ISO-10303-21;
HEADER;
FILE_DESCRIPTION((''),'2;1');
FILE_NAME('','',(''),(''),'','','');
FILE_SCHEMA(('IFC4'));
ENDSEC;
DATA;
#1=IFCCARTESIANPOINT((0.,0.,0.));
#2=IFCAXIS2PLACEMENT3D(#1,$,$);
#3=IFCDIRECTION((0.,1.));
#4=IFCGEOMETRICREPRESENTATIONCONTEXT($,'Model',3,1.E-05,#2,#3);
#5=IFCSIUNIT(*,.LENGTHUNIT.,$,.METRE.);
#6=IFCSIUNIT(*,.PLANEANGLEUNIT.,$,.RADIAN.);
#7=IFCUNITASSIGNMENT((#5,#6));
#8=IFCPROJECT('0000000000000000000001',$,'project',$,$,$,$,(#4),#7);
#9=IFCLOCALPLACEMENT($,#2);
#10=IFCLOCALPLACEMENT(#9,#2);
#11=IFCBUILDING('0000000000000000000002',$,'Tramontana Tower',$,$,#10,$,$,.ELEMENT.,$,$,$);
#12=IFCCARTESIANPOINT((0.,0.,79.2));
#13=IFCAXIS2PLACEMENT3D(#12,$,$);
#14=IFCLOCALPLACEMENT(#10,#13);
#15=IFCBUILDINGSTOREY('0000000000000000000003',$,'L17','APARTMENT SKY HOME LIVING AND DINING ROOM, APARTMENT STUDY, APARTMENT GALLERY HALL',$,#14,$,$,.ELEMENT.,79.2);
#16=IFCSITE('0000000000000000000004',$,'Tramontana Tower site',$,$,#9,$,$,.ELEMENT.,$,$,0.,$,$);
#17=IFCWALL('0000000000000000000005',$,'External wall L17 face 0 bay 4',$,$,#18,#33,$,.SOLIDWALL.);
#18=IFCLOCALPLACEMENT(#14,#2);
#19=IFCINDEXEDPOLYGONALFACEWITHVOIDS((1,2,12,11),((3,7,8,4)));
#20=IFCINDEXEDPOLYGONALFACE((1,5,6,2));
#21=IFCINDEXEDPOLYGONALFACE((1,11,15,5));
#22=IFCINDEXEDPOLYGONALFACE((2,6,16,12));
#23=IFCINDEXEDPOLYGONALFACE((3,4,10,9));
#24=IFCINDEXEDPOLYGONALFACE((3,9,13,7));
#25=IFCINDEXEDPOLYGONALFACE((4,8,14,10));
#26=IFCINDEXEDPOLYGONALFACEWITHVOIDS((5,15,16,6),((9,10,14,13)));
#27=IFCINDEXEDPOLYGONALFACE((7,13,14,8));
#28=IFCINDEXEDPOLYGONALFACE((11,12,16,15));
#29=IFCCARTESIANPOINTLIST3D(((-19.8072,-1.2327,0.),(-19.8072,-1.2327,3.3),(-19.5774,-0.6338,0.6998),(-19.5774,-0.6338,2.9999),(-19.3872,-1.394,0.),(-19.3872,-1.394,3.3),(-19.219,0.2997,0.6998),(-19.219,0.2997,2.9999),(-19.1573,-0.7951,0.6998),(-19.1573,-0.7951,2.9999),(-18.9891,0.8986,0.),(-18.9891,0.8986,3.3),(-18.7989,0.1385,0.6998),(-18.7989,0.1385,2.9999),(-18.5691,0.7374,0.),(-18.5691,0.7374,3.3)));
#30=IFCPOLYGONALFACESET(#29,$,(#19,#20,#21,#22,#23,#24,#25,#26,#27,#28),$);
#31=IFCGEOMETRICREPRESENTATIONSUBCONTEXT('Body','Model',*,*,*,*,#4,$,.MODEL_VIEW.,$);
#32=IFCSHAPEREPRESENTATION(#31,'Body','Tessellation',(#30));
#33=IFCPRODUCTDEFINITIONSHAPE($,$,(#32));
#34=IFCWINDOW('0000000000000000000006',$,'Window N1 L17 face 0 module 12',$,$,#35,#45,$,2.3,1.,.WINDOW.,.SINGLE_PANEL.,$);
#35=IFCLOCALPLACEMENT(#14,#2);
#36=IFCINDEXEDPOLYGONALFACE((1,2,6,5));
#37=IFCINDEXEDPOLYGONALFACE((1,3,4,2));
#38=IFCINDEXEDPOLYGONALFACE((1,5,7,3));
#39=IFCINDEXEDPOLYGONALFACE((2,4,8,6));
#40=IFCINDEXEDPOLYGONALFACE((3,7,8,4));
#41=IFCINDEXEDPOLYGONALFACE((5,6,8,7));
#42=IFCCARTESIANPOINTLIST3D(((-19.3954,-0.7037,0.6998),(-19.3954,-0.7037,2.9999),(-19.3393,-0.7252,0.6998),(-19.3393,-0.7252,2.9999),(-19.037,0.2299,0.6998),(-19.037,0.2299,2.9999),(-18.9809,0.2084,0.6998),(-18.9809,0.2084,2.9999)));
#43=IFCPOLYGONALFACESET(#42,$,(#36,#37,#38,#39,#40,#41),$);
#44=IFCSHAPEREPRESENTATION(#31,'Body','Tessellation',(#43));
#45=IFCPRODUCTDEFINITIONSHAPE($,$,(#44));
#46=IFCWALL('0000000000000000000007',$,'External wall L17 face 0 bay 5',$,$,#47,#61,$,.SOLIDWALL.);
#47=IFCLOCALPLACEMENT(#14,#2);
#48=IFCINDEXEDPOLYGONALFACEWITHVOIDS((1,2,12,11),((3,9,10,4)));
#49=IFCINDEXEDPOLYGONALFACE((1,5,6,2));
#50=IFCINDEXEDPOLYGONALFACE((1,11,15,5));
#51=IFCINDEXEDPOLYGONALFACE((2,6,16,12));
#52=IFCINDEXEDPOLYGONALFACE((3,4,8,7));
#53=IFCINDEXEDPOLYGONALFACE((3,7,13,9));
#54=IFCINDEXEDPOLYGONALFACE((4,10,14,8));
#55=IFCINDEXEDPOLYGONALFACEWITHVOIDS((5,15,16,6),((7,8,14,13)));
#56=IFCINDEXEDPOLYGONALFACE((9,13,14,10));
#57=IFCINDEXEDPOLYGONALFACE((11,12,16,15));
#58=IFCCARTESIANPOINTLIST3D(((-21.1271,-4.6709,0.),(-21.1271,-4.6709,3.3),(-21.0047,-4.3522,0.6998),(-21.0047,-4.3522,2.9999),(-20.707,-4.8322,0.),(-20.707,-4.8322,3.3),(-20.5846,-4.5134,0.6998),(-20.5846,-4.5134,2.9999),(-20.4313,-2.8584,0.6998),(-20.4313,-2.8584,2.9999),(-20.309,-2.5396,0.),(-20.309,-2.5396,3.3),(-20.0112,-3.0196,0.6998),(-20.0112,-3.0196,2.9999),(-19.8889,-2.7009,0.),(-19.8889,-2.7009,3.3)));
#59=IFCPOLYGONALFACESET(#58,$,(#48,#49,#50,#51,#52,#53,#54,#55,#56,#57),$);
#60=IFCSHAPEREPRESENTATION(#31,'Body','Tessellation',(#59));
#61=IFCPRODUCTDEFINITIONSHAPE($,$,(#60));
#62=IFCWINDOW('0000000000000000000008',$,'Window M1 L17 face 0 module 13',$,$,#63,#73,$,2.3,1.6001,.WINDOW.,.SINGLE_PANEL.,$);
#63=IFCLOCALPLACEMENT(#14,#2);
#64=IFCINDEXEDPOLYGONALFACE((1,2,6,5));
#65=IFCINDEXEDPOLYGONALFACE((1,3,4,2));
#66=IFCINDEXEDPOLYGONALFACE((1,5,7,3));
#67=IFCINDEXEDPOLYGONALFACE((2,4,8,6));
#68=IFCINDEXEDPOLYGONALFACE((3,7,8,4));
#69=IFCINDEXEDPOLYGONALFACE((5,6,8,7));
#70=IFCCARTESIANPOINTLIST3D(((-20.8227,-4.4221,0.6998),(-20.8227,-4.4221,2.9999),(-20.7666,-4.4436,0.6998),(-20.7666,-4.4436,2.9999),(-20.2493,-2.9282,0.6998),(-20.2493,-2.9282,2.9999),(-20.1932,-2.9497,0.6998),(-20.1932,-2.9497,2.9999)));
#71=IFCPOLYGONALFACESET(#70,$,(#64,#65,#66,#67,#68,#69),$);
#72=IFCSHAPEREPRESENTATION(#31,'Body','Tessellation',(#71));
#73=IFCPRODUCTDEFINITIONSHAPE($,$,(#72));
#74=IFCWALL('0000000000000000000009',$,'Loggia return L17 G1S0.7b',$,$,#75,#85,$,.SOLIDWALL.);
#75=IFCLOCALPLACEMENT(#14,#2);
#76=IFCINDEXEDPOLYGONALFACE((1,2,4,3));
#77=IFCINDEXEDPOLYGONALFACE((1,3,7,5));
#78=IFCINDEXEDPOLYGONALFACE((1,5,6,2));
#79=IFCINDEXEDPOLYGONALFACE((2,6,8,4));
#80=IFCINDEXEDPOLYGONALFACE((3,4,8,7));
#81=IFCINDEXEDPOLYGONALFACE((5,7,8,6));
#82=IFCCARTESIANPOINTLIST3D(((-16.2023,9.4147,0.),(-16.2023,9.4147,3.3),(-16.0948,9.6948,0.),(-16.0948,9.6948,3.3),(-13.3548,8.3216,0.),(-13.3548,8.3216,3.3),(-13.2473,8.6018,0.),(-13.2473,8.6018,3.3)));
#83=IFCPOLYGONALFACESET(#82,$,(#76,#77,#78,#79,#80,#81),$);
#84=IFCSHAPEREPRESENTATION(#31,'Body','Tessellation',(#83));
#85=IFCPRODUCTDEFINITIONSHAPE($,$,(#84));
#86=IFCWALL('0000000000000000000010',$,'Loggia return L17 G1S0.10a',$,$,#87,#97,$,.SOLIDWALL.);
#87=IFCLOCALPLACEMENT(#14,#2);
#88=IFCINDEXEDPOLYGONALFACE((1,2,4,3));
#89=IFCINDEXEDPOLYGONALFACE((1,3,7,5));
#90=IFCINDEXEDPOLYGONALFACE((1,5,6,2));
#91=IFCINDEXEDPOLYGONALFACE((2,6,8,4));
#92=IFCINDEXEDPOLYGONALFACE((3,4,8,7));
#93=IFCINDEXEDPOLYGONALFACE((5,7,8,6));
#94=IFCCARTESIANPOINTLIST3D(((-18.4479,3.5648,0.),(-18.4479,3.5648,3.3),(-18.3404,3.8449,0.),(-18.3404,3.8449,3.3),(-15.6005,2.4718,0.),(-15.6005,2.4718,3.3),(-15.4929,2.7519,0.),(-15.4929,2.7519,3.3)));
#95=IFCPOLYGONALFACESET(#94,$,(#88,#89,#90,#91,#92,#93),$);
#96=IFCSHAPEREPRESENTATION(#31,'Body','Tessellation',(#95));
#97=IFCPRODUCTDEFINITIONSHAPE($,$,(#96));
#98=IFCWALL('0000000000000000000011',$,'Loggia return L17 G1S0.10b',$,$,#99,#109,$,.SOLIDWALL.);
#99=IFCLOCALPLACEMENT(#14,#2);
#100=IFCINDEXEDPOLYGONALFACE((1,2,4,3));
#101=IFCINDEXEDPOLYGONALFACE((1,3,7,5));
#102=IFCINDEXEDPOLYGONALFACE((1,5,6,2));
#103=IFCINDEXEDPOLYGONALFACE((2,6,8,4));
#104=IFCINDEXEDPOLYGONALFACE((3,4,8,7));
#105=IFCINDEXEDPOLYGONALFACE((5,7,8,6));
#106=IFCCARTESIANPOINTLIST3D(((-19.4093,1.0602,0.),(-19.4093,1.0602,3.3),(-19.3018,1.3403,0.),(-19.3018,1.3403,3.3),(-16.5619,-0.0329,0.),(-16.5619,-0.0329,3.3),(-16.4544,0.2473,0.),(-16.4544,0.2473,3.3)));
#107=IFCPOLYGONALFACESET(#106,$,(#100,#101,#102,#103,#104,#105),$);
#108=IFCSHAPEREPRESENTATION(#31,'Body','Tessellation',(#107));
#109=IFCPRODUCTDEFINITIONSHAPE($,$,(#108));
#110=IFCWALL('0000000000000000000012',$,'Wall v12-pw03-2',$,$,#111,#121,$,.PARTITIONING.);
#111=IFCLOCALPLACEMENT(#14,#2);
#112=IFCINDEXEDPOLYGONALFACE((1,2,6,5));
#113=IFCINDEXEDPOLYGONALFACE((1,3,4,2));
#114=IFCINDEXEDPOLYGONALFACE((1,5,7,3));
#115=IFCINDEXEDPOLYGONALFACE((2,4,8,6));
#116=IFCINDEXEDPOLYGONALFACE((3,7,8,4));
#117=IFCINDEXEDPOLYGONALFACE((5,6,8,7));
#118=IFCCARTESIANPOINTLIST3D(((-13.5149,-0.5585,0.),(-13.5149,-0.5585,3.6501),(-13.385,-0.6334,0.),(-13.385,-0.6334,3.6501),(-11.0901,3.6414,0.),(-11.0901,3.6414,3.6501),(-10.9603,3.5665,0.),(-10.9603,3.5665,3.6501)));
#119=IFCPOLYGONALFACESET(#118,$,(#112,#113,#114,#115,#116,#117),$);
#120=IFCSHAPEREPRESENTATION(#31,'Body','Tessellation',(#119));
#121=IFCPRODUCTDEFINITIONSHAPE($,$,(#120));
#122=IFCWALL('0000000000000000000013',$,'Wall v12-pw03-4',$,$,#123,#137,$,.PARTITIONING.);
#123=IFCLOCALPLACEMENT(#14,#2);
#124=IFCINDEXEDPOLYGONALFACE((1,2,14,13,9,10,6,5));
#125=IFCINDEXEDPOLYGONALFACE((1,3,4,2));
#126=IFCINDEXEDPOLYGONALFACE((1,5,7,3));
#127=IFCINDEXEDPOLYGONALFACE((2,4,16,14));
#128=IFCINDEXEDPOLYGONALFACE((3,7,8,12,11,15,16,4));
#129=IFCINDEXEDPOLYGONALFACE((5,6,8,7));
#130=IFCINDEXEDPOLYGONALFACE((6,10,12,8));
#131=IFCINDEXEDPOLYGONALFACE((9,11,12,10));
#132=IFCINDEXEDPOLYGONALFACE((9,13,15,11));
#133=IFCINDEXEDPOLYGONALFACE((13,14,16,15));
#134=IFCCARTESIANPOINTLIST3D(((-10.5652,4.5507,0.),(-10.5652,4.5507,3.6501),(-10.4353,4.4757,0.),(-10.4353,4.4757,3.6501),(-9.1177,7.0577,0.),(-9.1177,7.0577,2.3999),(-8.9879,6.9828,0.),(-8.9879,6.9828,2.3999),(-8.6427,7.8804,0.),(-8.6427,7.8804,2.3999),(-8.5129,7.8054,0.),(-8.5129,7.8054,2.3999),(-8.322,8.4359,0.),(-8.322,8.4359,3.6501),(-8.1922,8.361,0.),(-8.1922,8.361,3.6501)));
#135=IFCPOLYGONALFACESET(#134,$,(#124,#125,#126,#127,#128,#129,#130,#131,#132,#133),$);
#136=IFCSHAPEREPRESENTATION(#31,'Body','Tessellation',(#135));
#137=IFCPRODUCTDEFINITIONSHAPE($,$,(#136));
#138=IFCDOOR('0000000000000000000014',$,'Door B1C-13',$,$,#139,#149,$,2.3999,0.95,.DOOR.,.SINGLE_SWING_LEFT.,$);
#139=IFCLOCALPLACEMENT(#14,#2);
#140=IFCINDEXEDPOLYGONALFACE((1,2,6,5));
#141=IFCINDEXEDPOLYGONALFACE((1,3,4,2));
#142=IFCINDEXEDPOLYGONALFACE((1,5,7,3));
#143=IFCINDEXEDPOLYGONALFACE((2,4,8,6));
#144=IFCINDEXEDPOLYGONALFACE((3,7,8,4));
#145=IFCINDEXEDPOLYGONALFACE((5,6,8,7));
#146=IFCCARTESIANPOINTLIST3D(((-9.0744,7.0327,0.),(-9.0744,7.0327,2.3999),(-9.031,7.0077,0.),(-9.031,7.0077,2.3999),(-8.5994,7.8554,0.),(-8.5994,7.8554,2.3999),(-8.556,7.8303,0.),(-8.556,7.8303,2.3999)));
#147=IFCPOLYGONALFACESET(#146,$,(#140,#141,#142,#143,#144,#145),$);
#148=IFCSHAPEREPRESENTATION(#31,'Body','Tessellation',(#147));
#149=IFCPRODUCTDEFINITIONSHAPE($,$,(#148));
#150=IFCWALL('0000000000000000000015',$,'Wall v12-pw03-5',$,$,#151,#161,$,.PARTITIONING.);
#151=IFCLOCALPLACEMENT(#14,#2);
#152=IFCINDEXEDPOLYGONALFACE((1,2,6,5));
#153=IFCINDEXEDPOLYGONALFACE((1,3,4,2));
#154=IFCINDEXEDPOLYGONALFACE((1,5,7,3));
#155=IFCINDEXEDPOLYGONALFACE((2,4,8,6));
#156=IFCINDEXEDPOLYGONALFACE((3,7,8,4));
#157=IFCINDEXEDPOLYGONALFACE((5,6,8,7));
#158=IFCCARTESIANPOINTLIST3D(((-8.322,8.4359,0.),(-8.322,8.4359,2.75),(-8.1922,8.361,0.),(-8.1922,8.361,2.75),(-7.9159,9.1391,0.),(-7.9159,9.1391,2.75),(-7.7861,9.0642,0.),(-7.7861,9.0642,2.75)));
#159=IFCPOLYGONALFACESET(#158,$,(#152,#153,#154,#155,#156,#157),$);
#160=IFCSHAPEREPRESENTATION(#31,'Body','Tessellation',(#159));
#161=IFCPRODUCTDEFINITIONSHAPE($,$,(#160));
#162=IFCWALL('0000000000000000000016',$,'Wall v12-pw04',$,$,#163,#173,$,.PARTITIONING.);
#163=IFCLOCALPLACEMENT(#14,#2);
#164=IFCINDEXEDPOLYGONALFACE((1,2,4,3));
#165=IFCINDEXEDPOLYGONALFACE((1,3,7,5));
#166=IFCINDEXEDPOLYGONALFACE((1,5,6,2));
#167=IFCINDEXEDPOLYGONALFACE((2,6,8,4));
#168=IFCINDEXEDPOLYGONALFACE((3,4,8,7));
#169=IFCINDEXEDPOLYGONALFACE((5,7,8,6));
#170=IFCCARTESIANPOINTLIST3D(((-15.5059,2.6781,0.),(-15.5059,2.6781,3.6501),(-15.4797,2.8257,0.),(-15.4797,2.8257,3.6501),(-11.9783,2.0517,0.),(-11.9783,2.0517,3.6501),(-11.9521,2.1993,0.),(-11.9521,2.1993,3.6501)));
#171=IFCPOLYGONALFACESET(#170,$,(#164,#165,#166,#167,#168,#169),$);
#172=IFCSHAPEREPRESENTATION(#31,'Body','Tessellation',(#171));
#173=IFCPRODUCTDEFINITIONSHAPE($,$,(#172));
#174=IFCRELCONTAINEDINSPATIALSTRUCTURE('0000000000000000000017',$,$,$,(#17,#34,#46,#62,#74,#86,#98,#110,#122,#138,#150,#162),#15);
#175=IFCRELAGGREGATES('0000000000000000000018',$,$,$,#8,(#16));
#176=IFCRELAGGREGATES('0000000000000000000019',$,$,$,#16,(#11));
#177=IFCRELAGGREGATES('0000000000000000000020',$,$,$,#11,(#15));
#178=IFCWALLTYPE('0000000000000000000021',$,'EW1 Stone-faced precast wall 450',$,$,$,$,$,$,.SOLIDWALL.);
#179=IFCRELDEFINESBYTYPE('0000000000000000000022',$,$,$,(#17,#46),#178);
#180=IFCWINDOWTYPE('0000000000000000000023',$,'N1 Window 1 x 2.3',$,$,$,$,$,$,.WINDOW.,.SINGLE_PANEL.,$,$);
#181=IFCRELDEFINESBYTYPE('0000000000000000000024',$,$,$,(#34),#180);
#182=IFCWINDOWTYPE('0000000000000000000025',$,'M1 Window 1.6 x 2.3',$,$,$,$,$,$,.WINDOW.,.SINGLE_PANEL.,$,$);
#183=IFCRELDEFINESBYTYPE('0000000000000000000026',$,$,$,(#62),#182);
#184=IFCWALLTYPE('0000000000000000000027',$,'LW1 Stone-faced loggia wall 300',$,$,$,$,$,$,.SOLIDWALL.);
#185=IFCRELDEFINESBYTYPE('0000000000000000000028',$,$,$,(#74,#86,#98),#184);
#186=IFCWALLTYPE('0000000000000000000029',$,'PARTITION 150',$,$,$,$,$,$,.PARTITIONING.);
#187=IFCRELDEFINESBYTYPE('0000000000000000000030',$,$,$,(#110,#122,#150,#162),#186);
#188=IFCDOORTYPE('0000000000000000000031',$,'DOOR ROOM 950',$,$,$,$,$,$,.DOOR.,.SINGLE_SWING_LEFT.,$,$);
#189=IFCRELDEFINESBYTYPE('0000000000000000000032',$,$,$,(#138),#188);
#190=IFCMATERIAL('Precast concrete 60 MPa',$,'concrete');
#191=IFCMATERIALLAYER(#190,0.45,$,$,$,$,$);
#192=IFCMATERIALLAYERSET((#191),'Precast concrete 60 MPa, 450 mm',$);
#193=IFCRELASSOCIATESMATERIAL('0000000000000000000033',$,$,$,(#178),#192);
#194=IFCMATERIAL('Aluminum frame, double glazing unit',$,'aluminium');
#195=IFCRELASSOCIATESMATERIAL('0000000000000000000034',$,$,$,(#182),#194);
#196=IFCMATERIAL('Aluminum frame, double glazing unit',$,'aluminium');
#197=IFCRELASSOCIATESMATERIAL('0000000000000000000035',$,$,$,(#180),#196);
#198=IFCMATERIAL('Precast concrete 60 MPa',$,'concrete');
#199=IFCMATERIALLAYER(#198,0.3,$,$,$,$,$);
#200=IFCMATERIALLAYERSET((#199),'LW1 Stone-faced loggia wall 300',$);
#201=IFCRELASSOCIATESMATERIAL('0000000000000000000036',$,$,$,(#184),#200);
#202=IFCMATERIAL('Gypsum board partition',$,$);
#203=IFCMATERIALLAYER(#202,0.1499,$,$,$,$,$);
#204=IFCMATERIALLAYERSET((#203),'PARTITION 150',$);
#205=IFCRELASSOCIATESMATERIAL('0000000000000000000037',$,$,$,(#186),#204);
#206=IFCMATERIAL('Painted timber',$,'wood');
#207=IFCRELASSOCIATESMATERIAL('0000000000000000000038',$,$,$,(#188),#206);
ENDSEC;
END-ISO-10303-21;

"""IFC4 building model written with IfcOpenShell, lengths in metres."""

from ifc_helpers import new_model, si_unit, direction, frame, frame_2d, origin, place, context, subcontext, project, spatial, rectangle, extrude, material, layer, layer_set, type_object, element, fill, save


model = new_model("IFC4")

# Units and contexts
model_context = context("Model", 3, precision=1e-05, world=origin(), true_north=direction((0.0, 1.0)))
body_context = subcontext(model_context, "Body", "Model", "MODEL_VIEW")
ifc_project = project(units=[si_unit("LENGTHUNIT", "METRE"), si_unit("PLANEANGLEUNIT", "RADIAN")], contexts=[model_context])

# Site, building, storey
site_placement = place(None, origin())
site = spatial("IfcSite", under=ifc_project, at=site_placement, Name="Tramontana Tower site", CompositionType="ELEMENT", RefElevation=0.0)
building_placement = place(site_placement, origin())
building = spatial("IfcBuilding", under=site, at=building_placement, Name="Tramontana Tower", CompositionType="ELEMENT")
storey_placement = place(building_placement, frame((0.0, 0.0, 79.2)))
storey = spatial("IfcBuildingStorey", under=building, at=storey_placement, Name="L17", Description="APARTMENT SKY HOME LIVING AND DINING ROOM, APARTMENT STUDY, APARTMENT GALLERY HALL", CompositionType="ELEMENT", Elevation=79.2)

# Walls, openings, windows
ifc_material_1 = material(Name="Precast concrete 60 MPa", Category="concrete")
ifc_layer_1 = layer(ifc_material_1, 0.45)
ifc_layer_set_1 = layer_set([ifc_layer_1], Name="Precast concrete 60 MPa, 450 mm")
wall_type_1 = type_object("IfcWallType", Name="EW1 Stone-faced precast wall 450", PredefinedType="SOLIDWALL", material=ifc_layer_set_1)
ifc_material_2 = material(Name="Aluminum frame, double glazing unit", Category="aluminium")
window_type_1 = type_object("IfcWindowType", Name="M1 Window 1.6 x 2.3", PartitioningType="SINGLE_PANEL", PredefinedType="WINDOW", material=ifc_material_2)
wall_1_placement = place(storey_placement, frame((-18.7791, 0.8181, 0.0), z_axis=(0.0, 0.0, 1.0), x_axis=(-0.358356, -0.933585, 0.0)))
wall_1 = element("IfcWall", 1, at=wall_1_placement, inside=storey, type_object=wall_type_1, Name="External wall L17 face 0 bay 4", PredefinedType="SOLIDWALL", context=body_context, shape_type="SweptSolid", body=[
    extrude(rectangle(XDim=2.283, YDim=0.45, at=frame_2d((1.1416, 0.0))), origin(), (0.0, 0.0, 1.0), 3.3),
])
opening_1_placement = place(wall_1_placement, frame((0.6416, 0.0, 0.7)))
opening_1 = element("IfcOpeningElement", 2, at=opening_1_placement, cuts=wall_1, PredefinedType="OPENING", context=body_context, shape_type="SweptSolid", body=[
    extrude(rectangle(XDim=1.0, YDim=2.3, at=frame_2d((0.5, 1.1499))), frame((0.0, 0.2349, 0.0), z_axis=(0.0, -1.0, 0.0), x_axis=(1.0, 0.0, 0.0)), (0.0, 0.0, 1.0), 0.47),
])
ifc_material_3 = material(Name="Aluminum frame, double glazing unit", Category="aluminium")
window_type_2 = type_object("IfcWindowType", Name="N1 Window 1 x 2.3", PartitioningType="SINGLE_PANEL", PredefinedType="WINDOW", material=ifc_material_3)
window_1_placement = place(opening_1_placement, origin())
window_1 = element("IfcWindow", 3, at=window_1_placement, inside=storey, type_object=window_type_2, Name="Window N1 L17 face 0 module 12", OverallHeight=2.3, OverallWidth=1.0, PartitioningType="SINGLE_PANEL", PredefinedType="WINDOW", context=body_context, shape_type="SweptSolid", body=[
    extrude(rectangle(XDim=1.0, YDim=2.3, at=frame_2d((0.5, 1.1499))), frame((0.0, 0.03, 0.0), z_axis=(0.0, -1.0, 0.0), x_axis=(1.0, 0.0, 0.0)), (0.0, 0.0, 1.0), 0.0601),
])
fill(opening_1, window_1)
wall_2_placement = place(storey_placement, frame((-20.0989, -2.6201, 0.0), z_axis=(0.0, 0.0, 1.0), x_axis=(-0.358356, -0.933585, 0.0)))
wall_2 = element("IfcWall", 4, at=wall_2_placement, inside=storey, type_object=wall_type_1, Name="External wall L17 face 0 bay 5", PredefinedType="SOLIDWALL", context=body_context, shape_type="SweptSolid", body=[
    extrude(rectangle(XDim=2.283, YDim=0.45, at=frame_2d((1.1416, 0.0))), origin(), (0.0, 0.0, 1.0), 3.3),
])
opening_2_placement = place(wall_2_placement, frame((0.3416, 0.0, 0.7)))
opening_2 = element("IfcOpeningElement", 5, at=opening_2_placement, cuts=wall_2, PredefinedType="OPENING", context=body_context, shape_type="SweptSolid", body=[
    extrude(rectangle(XDim=1.6001, YDim=2.3, at=frame_2d((0.8, 1.1499))), frame((0.0, 0.2349, 0.0), z_axis=(0.0, -1.0, 0.0), x_axis=(1.0, 0.0, 0.0)), (0.0, 0.0, 1.0), 0.47),
])
window_2_placement = place(opening_2_placement, origin())
window_2 = element("IfcWindow", 6, at=window_2_placement, inside=storey, type_object=window_type_1, Name="Window M1 L17 face 0 module 13", OverallHeight=2.3, OverallWidth=1.6001, PartitioningType="SINGLE_PANEL", PredefinedType="WINDOW", context=body_context, shape_type="SweptSolid", body=[
    extrude(rectangle(XDim=1.6001, YDim=2.3, at=frame_2d((0.8, 1.1499))), frame((0.0, 0.03, 0.0), z_axis=(0.0, -1.0, 0.0), x_axis=(1.0, 0.0, 0.0)), (0.0, 0.0, 1.0), 0.0601),
])
fill(opening_2, window_2)

# Wall
ifc_material_4 = material(Name="Precast concrete 60 MPa", Category="concrete")
ifc_layer_2 = layer(ifc_material_4, 0.3)
ifc_layer_set_2 = layer_set([ifc_layer_2], Name="LW1 Stone-faced loggia wall 300")
wall_type_2 = type_object("IfcWallType", Name="LW1 Stone-faced loggia wall 300", PredefinedType="SOLIDWALL", material=ifc_layer_set_2)
wall_3_placement = place(storey_placement, frame((-16.1484, 9.5547, 0.0), z_axis=(0.0, 0.0, 1.0), x_axis=(0.933581, -0.358368, 0.0)))
element("IfcWall", 7, at=wall_3_placement, inside=storey, type_object=wall_type_2, Name="Loggia return L17 G1S0.7b", PredefinedType="SOLIDWALL", context=body_context, shape_type="SweptSolid", body=[
    extrude(rectangle(XDim=3.05, YDim=0.3, at=frame_2d((1.5249, 0.0))), origin(), (0.0, 0.0, 1.0), 3.3),
])

# Walls
for number, where, z_axis, x_axis, name in (
    (8, (-18.394, 3.7048, 0.0), (0.0, 0.0, 1.0), (0.933581, -0.358368, 0.0), "Loggia return L17 G1S0.10a"),
    (9, (-19.3555, 1.2002, 0.0), (0.0, 0.0, 1.0), (0.933581, -0.358368, 0.0), "Loggia return L17 G1S0.10b"),
):
    element("IfcWall", number, at=place(storey_placement, frame(where, z_axis=z_axis, x_axis=x_axis)), inside=storey, type_object=wall_type_2, Name=name, PredefinedType="SOLIDWALL", context=body_context, shape_type="SweptSolid", body=[
        extrude(rectangle(XDim=3.05, YDim=0.3, at=frame_2d((1.5249, 0.0))), origin(), (0.0, 0.0, 1.0), 3.3),
    ])

# Shared definitions
ifc_material_5 = material(Name="Gypsum board partition")
ifc_layer_3 = layer(ifc_material_5, 0.1499)
ifc_layer_set_3 = layer_set([ifc_layer_3], Name="PARTITION 150")
wall_type_3 = type_object("IfcWallType", Name="PARTITION 150", PredefinedType="PARTITIONING", material=ifc_layer_set_3)
ifc_material_6 = material(Name="Painted timber", Category="wood")
door_type_1 = type_object("IfcDoorType", Name="DOOR ROOM 950", OperationType="SINGLE_SWING_LEFT", PredefinedType="DOOR", material=ifc_material_6)

# Wall
wall_4_placement = place(storey_placement, frame((-13.45, -0.5959, 0.0), z_axis=(0.0, 0.0, 1.0), x_axis=(0.499994, 0.866029, 0.0)))
element("IfcWall", 10, at=wall_4_placement, inside=storey, type_object=wall_type_3, Name="Wall v12-pw03-2", PredefinedType="PARTITIONING", context=body_context, shape_type="SweptSolid", body=[
    extrude(rectangle(XDim=4.8496, YDim=0.1499, at=frame_2d((2.4248, 0.0))), origin(), (0.0, 0.0, 1.0), 3.6501),
])

# Wall, opening, door
wall_5_placement = place(storey_placement, frame((-10.5002, 4.5132, 0.0), z_axis=(0.0, 0.0, 1.0), x_axis=(0.500002, 0.866024, 0.0)))
wall_5 = element("IfcWall", 11, at=wall_5_placement, inside=storey, type_object=wall_type_3, Name="Wall v12-pw03-4", PredefinedType="PARTITIONING", context=body_context, shape_type="SweptSolid", body=[
    extrude(rectangle(XDim=4.4863, YDim=0.1499, at=frame_2d((2.2432, 0.0))), origin(), (0.0, 0.0, 1.0), 3.6501),
])
opening_3_placement = place(wall_5_placement, frame((2.8948, 0.0, 0.0)))
opening_3 = element("IfcOpeningElement", 12, at=opening_3_placement, cuts=wall_5, PredefinedType="OPENING", context=body_context, shape_type="SweptSolid", body=[
    extrude(rectangle(XDim=0.95, YDim=2.3999, at=frame_2d((0.4751, 1.2))), frame((0.0, 0.085, 0.0), z_axis=(0.0, -1.0, 0.0), x_axis=(1.0, 0.0, 0.0)), (0.0, 0.0, 1.0), 0.1699),
])
door_1_placement = place(opening_3_placement, origin())
door_1 = element("IfcDoor", 13, at=door_1_placement, inside=storey, type_object=door_type_1, Name="Door B1C-13", OperationType="SINGLE_SWING_LEFT", OverallHeight=2.3999, OverallWidth=0.95, PredefinedType="DOOR", context=body_context, shape_type="SweptSolid", body=[
    extrude(rectangle(XDim=0.95, YDim=2.3999, at=frame_2d((0.4751, 1.2))), frame((0.0, 0.0249, 0.0), z_axis=(0.0, -1.0, 0.0), x_axis=(1.0, 0.0, 0.0)), (0.0, 0.0, 1.0), 0.05),
])
fill(opening_3, door_1)

# Walls
wall_6_placement = place(storey_placement, frame((-8.2571, 8.3984, 0.0), z_axis=(0.0, 0.0, 1.0), x_axis=(0.500052, 0.865995, 0.0)))
element("IfcWall", 14, at=wall_6_placement, inside=storey, type_object=wall_type_3, Name="Wall v12-pw03-5", PredefinedType="PARTITIONING", context=body_context, shape_type="SweptSolid", body=[
    extrude(rectangle(XDim=0.812, YDim=0.1499, at=frame_2d((0.406, 0.0))), origin(), (0.0, 0.0, 1.0), 2.75),
])
wall_7_placement = place(storey_placement, frame((-15.4929, 2.752, 0.0), z_axis=(0.0, 0.0, 1.0), x_axis=(0.984594, -0.174854, 0.0)))
element("IfcWall", 15, at=wall_7_placement, inside=storey, type_object=wall_type_3, Name="Wall v12-pw04", PredefinedType="PARTITIONING", context=body_context, shape_type="SweptSolid", body=[
    extrude(rectangle(XDim=3.5828, YDim=0.1499, at=frame_2d((1.7915, 0.0))), origin(), (0.0, 0.0, 1.0), 3.6501),
])

save(model, "model.ifc")
